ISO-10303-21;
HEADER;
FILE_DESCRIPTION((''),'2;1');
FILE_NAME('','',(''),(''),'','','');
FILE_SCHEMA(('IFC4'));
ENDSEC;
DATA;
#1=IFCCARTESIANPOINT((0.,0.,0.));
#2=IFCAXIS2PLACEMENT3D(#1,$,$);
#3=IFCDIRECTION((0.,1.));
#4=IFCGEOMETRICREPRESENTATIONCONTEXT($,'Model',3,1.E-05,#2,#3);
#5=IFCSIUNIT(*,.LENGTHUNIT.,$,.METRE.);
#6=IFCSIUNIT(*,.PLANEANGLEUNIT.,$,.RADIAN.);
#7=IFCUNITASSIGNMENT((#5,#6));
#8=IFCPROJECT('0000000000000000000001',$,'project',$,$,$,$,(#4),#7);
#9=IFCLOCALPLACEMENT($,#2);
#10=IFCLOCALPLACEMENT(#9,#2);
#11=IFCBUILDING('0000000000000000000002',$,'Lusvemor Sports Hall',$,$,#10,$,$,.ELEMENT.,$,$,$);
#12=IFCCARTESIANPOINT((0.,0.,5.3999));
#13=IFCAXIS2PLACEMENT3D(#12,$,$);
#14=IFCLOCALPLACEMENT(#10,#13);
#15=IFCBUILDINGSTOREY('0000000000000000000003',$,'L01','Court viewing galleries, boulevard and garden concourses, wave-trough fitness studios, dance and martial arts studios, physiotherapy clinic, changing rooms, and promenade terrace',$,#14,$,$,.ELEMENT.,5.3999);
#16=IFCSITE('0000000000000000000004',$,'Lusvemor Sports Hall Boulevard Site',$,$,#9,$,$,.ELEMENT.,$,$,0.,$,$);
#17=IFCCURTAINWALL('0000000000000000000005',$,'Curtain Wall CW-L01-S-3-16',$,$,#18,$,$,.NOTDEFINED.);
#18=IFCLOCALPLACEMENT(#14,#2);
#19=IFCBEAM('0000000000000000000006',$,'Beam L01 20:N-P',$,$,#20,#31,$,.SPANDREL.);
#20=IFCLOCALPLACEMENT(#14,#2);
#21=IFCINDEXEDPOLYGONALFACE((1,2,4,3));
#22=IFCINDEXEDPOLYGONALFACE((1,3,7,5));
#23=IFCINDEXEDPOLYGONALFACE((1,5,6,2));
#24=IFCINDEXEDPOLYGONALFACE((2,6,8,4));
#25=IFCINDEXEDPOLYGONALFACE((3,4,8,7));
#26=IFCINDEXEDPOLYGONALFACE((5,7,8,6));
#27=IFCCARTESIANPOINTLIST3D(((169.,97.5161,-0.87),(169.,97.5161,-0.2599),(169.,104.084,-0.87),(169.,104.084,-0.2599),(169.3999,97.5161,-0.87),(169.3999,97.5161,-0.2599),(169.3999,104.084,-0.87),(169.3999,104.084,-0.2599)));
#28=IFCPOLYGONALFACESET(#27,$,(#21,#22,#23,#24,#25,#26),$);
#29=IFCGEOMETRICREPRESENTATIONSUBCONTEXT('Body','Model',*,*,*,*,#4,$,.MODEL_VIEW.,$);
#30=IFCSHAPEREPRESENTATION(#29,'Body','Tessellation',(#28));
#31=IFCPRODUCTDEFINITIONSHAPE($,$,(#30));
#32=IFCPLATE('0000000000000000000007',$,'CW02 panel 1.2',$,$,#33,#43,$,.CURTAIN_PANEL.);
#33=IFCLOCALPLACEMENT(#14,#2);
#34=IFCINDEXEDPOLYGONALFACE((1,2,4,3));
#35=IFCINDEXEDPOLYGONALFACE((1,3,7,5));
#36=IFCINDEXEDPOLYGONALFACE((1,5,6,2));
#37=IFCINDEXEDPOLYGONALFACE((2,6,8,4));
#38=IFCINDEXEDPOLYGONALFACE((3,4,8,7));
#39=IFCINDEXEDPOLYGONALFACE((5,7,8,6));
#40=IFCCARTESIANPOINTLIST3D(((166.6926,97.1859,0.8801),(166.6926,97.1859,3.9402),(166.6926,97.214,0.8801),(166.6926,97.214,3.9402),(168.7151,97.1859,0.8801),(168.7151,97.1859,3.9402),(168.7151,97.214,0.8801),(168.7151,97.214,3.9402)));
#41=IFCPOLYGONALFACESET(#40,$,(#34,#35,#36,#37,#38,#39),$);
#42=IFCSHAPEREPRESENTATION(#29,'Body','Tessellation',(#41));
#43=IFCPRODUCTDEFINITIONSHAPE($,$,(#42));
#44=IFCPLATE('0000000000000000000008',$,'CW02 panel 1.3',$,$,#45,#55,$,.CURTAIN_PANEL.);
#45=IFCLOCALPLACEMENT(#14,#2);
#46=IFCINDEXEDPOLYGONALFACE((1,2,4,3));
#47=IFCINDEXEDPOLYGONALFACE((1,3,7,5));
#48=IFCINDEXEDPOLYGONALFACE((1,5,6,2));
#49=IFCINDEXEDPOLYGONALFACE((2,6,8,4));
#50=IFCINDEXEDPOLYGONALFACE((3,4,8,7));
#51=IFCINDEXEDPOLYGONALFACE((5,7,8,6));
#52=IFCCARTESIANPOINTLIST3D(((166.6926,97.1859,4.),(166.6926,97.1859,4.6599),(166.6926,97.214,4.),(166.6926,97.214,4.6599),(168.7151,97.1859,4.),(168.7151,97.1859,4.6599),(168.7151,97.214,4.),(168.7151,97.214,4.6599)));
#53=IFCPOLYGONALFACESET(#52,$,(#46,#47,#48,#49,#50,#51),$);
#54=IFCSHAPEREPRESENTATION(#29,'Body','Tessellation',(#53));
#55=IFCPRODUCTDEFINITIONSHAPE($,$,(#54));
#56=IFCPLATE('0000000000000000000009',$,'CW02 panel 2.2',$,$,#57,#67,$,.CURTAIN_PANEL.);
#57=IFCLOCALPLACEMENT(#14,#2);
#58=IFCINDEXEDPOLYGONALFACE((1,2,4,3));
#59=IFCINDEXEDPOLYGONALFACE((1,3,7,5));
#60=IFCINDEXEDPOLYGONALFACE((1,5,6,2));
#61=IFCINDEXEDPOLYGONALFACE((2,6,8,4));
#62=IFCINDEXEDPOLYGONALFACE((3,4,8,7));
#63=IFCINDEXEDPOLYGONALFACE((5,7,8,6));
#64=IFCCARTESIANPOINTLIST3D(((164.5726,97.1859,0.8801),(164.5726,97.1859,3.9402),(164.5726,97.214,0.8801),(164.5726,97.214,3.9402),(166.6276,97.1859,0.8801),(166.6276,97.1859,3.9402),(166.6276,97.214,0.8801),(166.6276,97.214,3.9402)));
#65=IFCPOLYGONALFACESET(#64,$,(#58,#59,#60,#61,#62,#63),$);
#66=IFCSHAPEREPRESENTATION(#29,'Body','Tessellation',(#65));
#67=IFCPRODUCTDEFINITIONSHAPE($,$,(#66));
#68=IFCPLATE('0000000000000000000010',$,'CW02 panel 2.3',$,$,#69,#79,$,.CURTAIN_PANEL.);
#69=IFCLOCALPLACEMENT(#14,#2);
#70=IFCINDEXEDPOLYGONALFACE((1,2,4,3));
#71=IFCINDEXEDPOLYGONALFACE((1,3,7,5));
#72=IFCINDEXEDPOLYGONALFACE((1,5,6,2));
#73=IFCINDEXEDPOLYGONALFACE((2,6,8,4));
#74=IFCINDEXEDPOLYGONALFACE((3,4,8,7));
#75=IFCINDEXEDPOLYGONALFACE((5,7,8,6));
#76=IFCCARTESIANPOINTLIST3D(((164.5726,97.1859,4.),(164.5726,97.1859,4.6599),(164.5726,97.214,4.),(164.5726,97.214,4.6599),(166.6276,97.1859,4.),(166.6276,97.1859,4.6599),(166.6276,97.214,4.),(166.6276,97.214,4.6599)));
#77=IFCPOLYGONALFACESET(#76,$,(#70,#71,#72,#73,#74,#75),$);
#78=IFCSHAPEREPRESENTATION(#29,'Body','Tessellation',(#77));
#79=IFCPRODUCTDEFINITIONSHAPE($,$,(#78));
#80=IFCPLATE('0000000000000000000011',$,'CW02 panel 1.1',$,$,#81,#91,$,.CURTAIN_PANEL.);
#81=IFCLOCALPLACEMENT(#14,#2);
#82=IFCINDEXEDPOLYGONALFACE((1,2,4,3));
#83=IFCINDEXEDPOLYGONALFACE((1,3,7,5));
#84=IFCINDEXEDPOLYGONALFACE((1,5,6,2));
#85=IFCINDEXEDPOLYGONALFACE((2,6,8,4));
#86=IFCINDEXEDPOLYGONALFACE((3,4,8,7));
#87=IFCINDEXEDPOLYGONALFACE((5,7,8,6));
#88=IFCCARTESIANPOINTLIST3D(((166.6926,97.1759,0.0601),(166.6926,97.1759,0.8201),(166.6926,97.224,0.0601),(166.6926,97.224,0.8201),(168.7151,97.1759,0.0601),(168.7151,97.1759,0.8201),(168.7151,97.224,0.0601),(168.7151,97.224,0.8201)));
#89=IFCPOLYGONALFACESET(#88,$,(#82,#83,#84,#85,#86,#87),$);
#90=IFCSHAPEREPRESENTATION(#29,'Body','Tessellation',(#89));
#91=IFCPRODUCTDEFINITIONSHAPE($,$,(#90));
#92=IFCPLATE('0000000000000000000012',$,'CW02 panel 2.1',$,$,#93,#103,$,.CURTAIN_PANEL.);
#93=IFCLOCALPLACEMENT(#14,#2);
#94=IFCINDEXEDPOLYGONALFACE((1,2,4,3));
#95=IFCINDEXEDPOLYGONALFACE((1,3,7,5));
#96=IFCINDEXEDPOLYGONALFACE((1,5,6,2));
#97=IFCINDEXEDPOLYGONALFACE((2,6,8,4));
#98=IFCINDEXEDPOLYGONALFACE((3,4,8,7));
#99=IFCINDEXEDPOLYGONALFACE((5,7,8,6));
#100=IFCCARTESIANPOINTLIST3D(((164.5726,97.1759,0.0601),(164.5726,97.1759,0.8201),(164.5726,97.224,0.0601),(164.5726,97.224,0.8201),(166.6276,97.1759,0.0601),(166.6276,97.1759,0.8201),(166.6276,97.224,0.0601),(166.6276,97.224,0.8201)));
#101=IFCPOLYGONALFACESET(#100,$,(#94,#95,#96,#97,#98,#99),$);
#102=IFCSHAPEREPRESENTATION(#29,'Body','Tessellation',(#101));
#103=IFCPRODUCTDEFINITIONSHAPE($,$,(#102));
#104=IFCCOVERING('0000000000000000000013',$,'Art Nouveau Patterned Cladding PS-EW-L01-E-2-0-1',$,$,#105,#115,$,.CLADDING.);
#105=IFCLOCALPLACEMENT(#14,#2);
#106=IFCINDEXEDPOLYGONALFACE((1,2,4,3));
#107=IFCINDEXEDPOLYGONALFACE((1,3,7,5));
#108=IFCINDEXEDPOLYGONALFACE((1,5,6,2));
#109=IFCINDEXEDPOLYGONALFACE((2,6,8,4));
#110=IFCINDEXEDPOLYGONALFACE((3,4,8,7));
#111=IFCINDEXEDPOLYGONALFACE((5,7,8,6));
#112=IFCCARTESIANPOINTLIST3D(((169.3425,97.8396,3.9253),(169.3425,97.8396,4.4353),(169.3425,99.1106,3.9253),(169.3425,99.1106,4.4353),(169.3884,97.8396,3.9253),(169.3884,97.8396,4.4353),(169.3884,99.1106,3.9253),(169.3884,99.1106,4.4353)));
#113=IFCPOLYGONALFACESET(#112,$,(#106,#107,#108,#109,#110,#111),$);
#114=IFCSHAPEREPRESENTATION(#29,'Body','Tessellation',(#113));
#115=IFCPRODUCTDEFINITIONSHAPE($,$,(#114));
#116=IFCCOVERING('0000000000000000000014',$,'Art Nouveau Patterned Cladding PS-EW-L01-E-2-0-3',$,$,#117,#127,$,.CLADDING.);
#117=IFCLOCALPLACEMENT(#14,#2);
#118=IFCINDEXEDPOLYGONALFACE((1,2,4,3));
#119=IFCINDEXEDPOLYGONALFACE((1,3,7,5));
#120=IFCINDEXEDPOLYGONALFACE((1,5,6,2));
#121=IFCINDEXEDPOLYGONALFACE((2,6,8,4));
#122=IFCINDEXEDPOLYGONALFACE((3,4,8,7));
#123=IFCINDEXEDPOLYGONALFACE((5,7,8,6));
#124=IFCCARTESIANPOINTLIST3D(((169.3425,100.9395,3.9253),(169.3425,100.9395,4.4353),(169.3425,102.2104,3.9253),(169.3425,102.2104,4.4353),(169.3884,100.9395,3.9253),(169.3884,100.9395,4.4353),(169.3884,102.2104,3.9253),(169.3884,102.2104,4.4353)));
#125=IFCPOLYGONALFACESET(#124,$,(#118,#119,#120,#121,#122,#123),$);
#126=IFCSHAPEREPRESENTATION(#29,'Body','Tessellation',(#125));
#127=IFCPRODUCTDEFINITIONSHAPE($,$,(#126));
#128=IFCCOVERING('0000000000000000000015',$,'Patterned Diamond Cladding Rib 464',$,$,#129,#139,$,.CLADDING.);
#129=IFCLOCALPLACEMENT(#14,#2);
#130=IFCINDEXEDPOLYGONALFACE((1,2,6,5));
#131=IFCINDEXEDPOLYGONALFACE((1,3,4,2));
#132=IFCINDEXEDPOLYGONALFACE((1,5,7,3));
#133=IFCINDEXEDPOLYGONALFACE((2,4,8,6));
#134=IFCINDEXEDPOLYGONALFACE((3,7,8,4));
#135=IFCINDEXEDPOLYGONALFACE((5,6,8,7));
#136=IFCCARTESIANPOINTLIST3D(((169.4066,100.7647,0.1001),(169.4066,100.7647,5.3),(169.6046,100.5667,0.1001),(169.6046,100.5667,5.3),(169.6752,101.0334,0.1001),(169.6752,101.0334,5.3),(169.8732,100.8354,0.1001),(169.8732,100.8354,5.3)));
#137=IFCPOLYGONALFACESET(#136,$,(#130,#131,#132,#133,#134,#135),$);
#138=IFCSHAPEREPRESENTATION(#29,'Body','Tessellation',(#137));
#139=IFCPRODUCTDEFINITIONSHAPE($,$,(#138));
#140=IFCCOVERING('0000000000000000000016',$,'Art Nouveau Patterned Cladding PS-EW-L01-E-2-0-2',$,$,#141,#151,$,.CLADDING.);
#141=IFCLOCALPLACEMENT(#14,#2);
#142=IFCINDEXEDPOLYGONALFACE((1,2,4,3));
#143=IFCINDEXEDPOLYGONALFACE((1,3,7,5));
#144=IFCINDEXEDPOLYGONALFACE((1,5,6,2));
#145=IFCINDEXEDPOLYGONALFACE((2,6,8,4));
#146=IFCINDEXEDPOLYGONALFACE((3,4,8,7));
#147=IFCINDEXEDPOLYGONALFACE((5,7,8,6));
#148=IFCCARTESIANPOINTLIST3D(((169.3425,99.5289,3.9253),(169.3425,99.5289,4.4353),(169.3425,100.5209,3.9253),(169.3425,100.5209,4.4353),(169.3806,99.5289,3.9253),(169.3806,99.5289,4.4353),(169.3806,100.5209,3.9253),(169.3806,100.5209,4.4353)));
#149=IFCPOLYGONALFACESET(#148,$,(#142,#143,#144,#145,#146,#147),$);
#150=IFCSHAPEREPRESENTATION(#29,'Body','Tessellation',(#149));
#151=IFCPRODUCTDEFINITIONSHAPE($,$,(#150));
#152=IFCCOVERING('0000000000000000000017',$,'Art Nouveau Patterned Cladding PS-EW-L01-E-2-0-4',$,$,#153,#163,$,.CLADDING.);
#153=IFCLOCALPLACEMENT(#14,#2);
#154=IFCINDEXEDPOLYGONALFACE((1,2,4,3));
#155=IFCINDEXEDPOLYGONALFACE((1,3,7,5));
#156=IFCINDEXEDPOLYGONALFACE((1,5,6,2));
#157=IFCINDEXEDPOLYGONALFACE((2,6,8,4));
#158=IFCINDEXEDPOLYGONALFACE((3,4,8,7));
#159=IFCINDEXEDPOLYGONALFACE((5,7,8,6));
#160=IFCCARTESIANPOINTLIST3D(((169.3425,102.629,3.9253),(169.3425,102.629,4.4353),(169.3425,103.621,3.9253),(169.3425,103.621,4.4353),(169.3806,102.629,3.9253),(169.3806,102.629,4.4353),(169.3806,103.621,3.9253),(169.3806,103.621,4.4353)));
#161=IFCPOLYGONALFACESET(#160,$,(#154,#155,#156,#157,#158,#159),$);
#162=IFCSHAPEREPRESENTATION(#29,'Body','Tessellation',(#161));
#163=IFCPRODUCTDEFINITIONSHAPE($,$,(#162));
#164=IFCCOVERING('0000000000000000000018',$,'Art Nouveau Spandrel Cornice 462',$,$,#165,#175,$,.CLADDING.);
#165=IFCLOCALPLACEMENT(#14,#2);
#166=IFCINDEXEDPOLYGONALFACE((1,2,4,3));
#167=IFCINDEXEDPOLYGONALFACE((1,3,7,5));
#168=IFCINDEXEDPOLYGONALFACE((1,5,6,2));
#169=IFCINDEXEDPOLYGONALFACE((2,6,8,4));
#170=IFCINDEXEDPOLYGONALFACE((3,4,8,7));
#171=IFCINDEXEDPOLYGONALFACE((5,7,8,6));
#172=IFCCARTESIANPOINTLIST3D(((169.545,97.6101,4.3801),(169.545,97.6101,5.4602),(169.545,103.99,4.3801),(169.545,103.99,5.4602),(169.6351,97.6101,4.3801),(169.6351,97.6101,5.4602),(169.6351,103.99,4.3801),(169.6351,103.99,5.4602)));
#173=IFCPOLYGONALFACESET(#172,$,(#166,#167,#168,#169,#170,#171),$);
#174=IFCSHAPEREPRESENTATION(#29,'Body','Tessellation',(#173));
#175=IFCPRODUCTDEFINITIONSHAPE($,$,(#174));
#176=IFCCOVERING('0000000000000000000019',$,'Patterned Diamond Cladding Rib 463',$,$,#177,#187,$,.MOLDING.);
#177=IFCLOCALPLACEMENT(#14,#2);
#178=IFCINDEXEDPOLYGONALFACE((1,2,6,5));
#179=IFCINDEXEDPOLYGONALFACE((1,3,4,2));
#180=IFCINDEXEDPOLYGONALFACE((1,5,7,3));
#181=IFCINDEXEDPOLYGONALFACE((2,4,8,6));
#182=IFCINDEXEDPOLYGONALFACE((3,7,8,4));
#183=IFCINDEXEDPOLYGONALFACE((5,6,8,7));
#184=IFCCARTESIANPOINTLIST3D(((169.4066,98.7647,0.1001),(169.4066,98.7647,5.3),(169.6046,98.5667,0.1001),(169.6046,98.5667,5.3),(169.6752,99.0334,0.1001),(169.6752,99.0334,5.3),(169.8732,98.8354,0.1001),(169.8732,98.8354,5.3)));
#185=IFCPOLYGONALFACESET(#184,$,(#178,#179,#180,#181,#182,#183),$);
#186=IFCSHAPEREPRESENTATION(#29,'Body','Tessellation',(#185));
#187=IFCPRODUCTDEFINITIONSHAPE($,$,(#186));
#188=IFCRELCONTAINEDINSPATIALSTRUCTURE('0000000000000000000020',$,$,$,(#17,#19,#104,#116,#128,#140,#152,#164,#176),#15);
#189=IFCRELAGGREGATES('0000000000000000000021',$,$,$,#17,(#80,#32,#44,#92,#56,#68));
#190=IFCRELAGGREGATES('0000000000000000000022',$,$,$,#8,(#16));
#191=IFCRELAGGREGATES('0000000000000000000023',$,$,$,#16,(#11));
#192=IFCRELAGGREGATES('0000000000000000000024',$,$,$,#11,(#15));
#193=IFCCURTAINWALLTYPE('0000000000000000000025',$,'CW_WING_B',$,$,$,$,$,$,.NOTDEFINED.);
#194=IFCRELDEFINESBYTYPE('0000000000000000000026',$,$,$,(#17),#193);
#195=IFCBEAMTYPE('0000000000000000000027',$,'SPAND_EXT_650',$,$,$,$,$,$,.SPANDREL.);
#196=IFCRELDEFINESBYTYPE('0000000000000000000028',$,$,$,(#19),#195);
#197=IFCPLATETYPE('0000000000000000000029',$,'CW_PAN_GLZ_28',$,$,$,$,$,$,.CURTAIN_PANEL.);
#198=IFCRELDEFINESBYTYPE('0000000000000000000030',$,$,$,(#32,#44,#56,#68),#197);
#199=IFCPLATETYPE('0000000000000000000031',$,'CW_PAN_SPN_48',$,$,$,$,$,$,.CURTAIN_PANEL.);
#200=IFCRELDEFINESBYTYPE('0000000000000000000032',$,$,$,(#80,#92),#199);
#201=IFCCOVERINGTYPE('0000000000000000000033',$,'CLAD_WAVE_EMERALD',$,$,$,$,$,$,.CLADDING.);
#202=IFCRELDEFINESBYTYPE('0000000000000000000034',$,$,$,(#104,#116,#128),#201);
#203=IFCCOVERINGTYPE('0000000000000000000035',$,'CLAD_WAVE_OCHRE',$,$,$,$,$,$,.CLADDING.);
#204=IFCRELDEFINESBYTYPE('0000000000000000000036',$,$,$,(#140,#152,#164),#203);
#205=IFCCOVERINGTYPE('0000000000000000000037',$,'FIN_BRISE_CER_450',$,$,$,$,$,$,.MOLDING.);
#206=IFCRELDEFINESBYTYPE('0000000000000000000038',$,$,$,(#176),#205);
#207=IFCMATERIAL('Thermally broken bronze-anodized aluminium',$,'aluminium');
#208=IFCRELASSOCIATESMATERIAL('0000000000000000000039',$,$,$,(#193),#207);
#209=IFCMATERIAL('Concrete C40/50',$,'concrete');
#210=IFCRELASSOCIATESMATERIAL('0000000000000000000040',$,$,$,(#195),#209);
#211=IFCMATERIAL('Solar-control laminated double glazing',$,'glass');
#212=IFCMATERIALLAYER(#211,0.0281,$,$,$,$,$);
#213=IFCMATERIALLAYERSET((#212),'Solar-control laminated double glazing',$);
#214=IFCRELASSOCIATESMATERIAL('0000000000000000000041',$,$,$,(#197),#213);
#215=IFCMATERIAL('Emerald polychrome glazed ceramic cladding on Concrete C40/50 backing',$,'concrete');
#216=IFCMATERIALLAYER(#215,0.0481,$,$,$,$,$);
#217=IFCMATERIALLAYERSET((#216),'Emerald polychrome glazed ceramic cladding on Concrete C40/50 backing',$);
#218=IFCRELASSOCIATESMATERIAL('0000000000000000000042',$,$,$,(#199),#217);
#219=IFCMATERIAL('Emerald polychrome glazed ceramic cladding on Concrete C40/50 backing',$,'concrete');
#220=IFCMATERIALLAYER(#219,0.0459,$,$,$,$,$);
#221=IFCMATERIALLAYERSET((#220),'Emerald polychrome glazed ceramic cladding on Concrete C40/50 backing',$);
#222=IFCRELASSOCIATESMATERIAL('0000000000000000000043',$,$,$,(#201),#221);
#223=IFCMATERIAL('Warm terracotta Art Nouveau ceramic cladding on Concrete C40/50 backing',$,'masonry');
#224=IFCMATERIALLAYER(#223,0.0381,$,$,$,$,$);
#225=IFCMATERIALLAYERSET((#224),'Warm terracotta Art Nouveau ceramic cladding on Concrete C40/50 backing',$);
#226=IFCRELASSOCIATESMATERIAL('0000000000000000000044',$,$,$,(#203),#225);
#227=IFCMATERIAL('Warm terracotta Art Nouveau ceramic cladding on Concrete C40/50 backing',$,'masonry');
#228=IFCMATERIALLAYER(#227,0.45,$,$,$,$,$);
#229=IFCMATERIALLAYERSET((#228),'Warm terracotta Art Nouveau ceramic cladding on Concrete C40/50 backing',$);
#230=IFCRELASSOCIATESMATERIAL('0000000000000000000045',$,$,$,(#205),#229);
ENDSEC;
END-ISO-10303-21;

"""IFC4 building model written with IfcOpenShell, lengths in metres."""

from ifc_helpers import new_model, si_unit, direction, frame, origin, origin_2d, place, context, subcontext, project, spatial, rectangle, extrude, material, layer, layer_set, material_profile, profile_set, type_object, element, aggregate, save


model = new_model("IFC4")

# Units and contexts
model_context = context("Model", 3, precision=1e-05, world=origin(), true_north=direction((0.0, 1.0)))
body_context = subcontext(model_context, "Body", "Model", "MODEL_VIEW")
ifc_project = project(units=[si_unit("LENGTHUNIT", "METRE"), si_unit("PLANEANGLEUNIT", "RADIAN")], contexts=[model_context])

# Site, building, storey
site_placement = place(None, origin())
site = spatial("IfcSite", under=ifc_project, at=site_placement, Name="Lusvemor Sports Hall Boulevard Site", CompositionType="ELEMENT", RefElevation=0.0)
building_placement = place(site_placement, origin())
building = spatial("IfcBuilding", under=site, at=building_placement, Name="Lusvemor Sports Hall", CompositionType="ELEMENT")
storey_placement = place(building_placement, frame((0.0, 0.0, 5.3999)))
storey = spatial("IfcBuildingStorey", under=building, at=storey_placement, Name="L01", Description="Court viewing galleries, boulevard and garden concourses, wave-trough fitness studios, dance and martial arts studios, physiotherapy clinic, changing rooms, and promenade terrace", CompositionType="ELEMENT", Elevation=5.3999)

# Curtain wall
ifc_material_1 = material(Name="Thermally broken bronze-anodized aluminium", Category="aluminium")
curtain_wall_type = type_object("IfcCurtainWallType", Name="CW_WING_B", PredefinedType="NOTDEFINED", material=ifc_material_1)
curtain_wall_placement = place(storey_placement, origin())
curtain_wall = element("IfcCurtainWall", 1, at=curtain_wall_placement, inside=storey, type_object=curtain_wall_type, Name="Curtain Wall CW-L01-S-3-16", PredefinedType="NOTDEFINED")

# Beam
ifc_material_2 = material(Name="Concrete C40/50", Category="concrete")
ifc_material_profile_1 = material_profile(ifc_material_2, rectangle(XDim=0.3999, YDim=0.6101, at=origin_2d()), Name="RC400x610")
ifc_profile_set_1 = profile_set([ifc_material_profile_1], Name="Concrete C40/50")
beam_type_1 = type_object("IfcBeamType", Name="SPAND_EXT_650", PredefinedType="SPANDREL", material=ifc_profile_set_1)
beam_1_placement = place(storey_placement, frame((169.2, 97.5161, -0.5649), z_axis=(0.0, 1.0, 0.0), x_axis=(-1.0, 0.0, 0.0)))
element("IfcBeam", 2, at=beam_1_placement, inside=storey, type_object=beam_type_1, Name="Beam L01 20:N-P", PredefinedType="SPANDREL", context=body_context, shape_type="SweptSolid", body=[
    extrude(rectangle(XDim=0.3999, YDim=0.6101, at=origin_2d()), origin(), (0.0, 0.0, 1.0), 6.5679),
])

# Plates
ifc_material_3 = material(Name="Solar-control laminated double glazing", Category="glass")
ifc_layer_1 = layer(ifc_material_3, 0.0281)
ifc_layer_set_1 = layer_set([ifc_layer_1], Name="Solar-control laminated double glazing")
plate_type_1 = type_object("IfcPlateType", Name="CW_PAN_GLZ_28", PredefinedType="CURTAIN_PANEL", material=ifc_layer_set_1)
plate_1_placement = place(storey_placement, frame((167.7039, 97.2, 0.8801), z_axis=(0.0, 0.0, 1.0), x_axis=(-1.0, 0.0, 0.0)))
plate_1 = element("IfcPlate", 3, at=plate_1_placement, type_object=plate_type_1, Name="CW02 panel 1.2", PredefinedType="CURTAIN_PANEL", context=body_context, shape_type="SweptSolid", body=[
    extrude(rectangle(XDim=2.0225, YDim=0.0281, at=origin_2d()), origin(), (0.0, 0.0, 1.0), 3.0601),
])
plate_2_placement = place(storey_placement, frame((167.7039, 97.2, 4.0), z_axis=(0.0, 0.0, 1.0), x_axis=(-1.0, 0.0, 0.0)))
plate_2 = element("IfcPlate", 4, at=plate_2_placement, type_object=plate_type_1, Name="CW02 panel 1.3", PredefinedType="CURTAIN_PANEL", context=body_context, shape_type="SweptSolid", body=[
    extrude(rectangle(XDim=2.0225, YDim=0.0281, at=origin_2d()), origin(), (0.0, 0.0, 1.0), 0.6599),
])
plate_3_placement = place(storey_placement, frame((165.6001, 97.2, 0.8801), z_axis=(0.0, 0.0, 1.0), x_axis=(-1.0, 0.0, 0.0)))
plate_3 = element("IfcPlate", 5, at=plate_3_placement, type_object=plate_type_1, Name="CW02 panel 2.2", PredefinedType="CURTAIN_PANEL", context=body_context, shape_type="SweptSolid", body=[
    extrude(rectangle(XDim=2.0549, YDim=0.0281, at=origin_2d()), origin(), (0.0, 0.0, 1.0), 3.0601),
])
plate_4_placement = place(storey_placement, frame((165.6001, 97.2, 4.0), z_axis=(0.0, 0.0, 1.0), x_axis=(-1.0, 0.0, 0.0)))
plate_4 = element("IfcPlate", 6, at=plate_4_placement, type_object=plate_type_1, Name="CW02 panel 2.3", PredefinedType="CURTAIN_PANEL", context=body_context, shape_type="SweptSolid", body=[
    extrude(rectangle(XDim=2.0549, YDim=0.0281, at=origin_2d()), origin(), (0.0, 0.0, 1.0), 0.6599),
])
ifc_material_4 = material(Name="Emerald polychrome glazed ceramic cladding on Concrete C40/50 backing", Category="concrete")
ifc_layer_2 = layer(ifc_material_4, 0.0481)
ifc_layer_set_2 = layer_set([ifc_layer_2], Name="Emerald polychrome glazed ceramic cladding on Concrete C40/50 backing")
plate_type_2 = type_object("IfcPlateType", Name="CW_PAN_SPN_48", PredefinedType="CURTAIN_PANEL", material=ifc_layer_set_2)
plate_5_placement = place(storey_placement, frame((167.7039, 97.2, 0.0601), z_axis=(0.0, 0.0, 1.0), x_axis=(-1.0, 0.0, 0.0)))
plate_5 = element("IfcPlate", 7, at=plate_5_placement, type_object=plate_type_2, Name="CW02 panel 1.1", PredefinedType="CURTAIN_PANEL", context=body_context, shape_type="SweptSolid", body=[
    extrude(rectangle(XDim=2.0225, YDim=0.0481, at=origin_2d()), origin(), (0.0, 0.0, 1.0), 0.76),
])
plate_6_placement = place(storey_placement, frame((165.6001, 97.2, 0.0601), z_axis=(0.0, 0.0, 1.0), x_axis=(-1.0, 0.0, 0.0)))
plate_6 = element("IfcPlate", 8, at=plate_6_placement, type_object=plate_type_2, Name="CW02 panel 2.1", PredefinedType="CURTAIN_PANEL", context=body_context, shape_type="SweptSolid", body=[
    extrude(rectangle(XDim=2.0549, YDim=0.0481, at=origin_2d()), origin(), (0.0, 0.0, 1.0), 0.76),
])
aggregate(curtain_wall, [plate_5, plate_1, plate_2, plate_6, plate_3, plate_4])

# Coverings
ifc_material_5 = material(Name="Emerald polychrome glazed ceramic cladding on Concrete C40/50 backing", Category="concrete")
ifc_layer_3 = layer(ifc_material_5, 0.0459)
ifc_layer_set_3 = layer_set([ifc_layer_3], Name="Emerald polychrome glazed ceramic cladding on Concrete C40/50 backing")
covering_type_1 = type_object("IfcCoveringType", Name="CLAD_WAVE_EMERALD", PredefinedType="CLADDING", material=ifc_layer_set_3)
for number, where, z_axis, x_axis, name in (
    (9, (169.3655, 98.4751, 3.9253), (0.0, 0.0, 1.0), (1.0, 0.0, 0.0), "Art Nouveau Patterned Cladding PS-EW-L01-E-2-0-1"),
    (10, (169.3655, 101.575, 3.9253), (0.0, 0.0, 1.0), (1.0, 0.0, 0.0), "Art Nouveau Patterned Cladding PS-EW-L01-E-2-0-3"),
):
    element("IfcCovering", number, at=place(storey_placement, frame(where, z_axis=z_axis, x_axis=x_axis)), inside=storey, type_object=covering_type_1, Name=name, PredefinedType="CLADDING", context=body_context, shape_type="SweptSolid", body=[
        extrude(rectangle(XDim=0.0459, YDim=1.271, at=origin_2d()), origin(), (0.0, 0.0, 1.0), 0.51),
    ])
covering_1_placement = place(storey_placement, frame((169.6399, 100.8, 0.1001), z_axis=(0.0, 0.0, 1.0), x_axis=(0.707107, 0.707107, 0.0)))
element("IfcCovering", 11, at=covering_1_placement, inside=storey, type_object=covering_type_1, Name="Patterned Diamond Cladding Rib 464", PredefinedType="CLADDING", context=body_context, shape_type="SweptSolid", body=[
    extrude(rectangle(XDim=0.3799, YDim=0.28, at=origin_2d()), origin(), (0.0, 0.0, 1.0), 5.2),
])
ifc_material_6 = material(Name="Warm terracotta Art Nouveau ceramic cladding on Concrete C40/50 backing", Category="masonry")
ifc_layer_4 = layer(ifc_material_6, 0.0381)
ifc_layer_set_4 = layer_set([ifc_layer_4], Name="Warm terracotta Art Nouveau ceramic cladding on Concrete C40/50 backing")
covering_type_2 = type_object("IfcCoveringType", Name="CLAD_WAVE_OCHRE", PredefinedType="CLADDING", material=ifc_layer_set_4)
for number, where, z_axis, x_axis, name in (
    (12, (169.3616, 100.0249, 3.9253), (0.0, 0.0, 1.0), (1.0, 0.0, 0.0), "Art Nouveau Patterned Cladding PS-EW-L01-E-2-0-2"),
    (13, (169.3616, 103.125, 3.9253), (0.0, 0.0, 1.0), (1.0, 0.0, 0.0), "Art Nouveau Patterned Cladding PS-EW-L01-E-2-0-4"),
):
    element("IfcCovering", number, at=place(storey_placement, frame(where, z_axis=z_axis, x_axis=x_axis)), inside=storey, type_object=covering_type_2, Name=name, PredefinedType="CLADDING", context=body_context, shape_type="SweptSolid", body=[
        extrude(rectangle(XDim=0.0381, YDim=0.9919, at=origin_2d()), origin(), (0.0, 0.0, 1.0), 0.51),
    ])
covering_2_placement = place(storey_placement, frame((169.5901, 100.8, 4.3801), z_axis=(0.0, 0.0, 1.0), x_axis=(1.0, 0.0, 0.0)))
element("IfcCovering", 14, at=covering_2_placement, inside=storey, type_object=covering_type_2, Name="Art Nouveau Spandrel Cornice 462", PredefinedType="CLADDING", context=body_context, shape_type="SweptSolid", body=[
    extrude(rectangle(XDim=0.0901, YDim=6.3799, at=origin_2d()), origin(), (0.0, 0.0, 1.0), 1.0801),
])
ifc_material_7 = material(Name="Warm terracotta Art Nouveau ceramic cladding on Concrete C40/50 backing", Category="masonry")
ifc_layer_5 = layer(ifc_material_7, 0.45)
ifc_layer_set_5 = layer_set([ifc_layer_5], Name="Warm terracotta Art Nouveau ceramic cladding on Concrete C40/50 backing")
covering_type_3 = type_object("IfcCoveringType", Name="FIN_BRISE_CER_450", PredefinedType="MOLDING", material=ifc_layer_set_5)
for number, where, z_axis, x_axis, name in (
    (15, (169.6399, 98.8, 0.1001), (0.0, 0.0, 1.0), (0.707107, 0.707107, 0.0), "Patterned Diamond Cladding Rib 463"),
):
    element("IfcCovering", number, at=place(storey_placement, frame(where, z_axis=z_axis, x_axis=x_axis)), inside=storey, type_object=covering_type_3, Name=name, PredefinedType="MOLDING", context=body_context, shape_type="SweptSolid", body=[
        extrude(rectangle(XDim=0.3799, YDim=0.28, at=origin_2d()), origin(), (0.0, 0.0, 1.0), 5.2),
    ])

save(model, "model.ifc")
